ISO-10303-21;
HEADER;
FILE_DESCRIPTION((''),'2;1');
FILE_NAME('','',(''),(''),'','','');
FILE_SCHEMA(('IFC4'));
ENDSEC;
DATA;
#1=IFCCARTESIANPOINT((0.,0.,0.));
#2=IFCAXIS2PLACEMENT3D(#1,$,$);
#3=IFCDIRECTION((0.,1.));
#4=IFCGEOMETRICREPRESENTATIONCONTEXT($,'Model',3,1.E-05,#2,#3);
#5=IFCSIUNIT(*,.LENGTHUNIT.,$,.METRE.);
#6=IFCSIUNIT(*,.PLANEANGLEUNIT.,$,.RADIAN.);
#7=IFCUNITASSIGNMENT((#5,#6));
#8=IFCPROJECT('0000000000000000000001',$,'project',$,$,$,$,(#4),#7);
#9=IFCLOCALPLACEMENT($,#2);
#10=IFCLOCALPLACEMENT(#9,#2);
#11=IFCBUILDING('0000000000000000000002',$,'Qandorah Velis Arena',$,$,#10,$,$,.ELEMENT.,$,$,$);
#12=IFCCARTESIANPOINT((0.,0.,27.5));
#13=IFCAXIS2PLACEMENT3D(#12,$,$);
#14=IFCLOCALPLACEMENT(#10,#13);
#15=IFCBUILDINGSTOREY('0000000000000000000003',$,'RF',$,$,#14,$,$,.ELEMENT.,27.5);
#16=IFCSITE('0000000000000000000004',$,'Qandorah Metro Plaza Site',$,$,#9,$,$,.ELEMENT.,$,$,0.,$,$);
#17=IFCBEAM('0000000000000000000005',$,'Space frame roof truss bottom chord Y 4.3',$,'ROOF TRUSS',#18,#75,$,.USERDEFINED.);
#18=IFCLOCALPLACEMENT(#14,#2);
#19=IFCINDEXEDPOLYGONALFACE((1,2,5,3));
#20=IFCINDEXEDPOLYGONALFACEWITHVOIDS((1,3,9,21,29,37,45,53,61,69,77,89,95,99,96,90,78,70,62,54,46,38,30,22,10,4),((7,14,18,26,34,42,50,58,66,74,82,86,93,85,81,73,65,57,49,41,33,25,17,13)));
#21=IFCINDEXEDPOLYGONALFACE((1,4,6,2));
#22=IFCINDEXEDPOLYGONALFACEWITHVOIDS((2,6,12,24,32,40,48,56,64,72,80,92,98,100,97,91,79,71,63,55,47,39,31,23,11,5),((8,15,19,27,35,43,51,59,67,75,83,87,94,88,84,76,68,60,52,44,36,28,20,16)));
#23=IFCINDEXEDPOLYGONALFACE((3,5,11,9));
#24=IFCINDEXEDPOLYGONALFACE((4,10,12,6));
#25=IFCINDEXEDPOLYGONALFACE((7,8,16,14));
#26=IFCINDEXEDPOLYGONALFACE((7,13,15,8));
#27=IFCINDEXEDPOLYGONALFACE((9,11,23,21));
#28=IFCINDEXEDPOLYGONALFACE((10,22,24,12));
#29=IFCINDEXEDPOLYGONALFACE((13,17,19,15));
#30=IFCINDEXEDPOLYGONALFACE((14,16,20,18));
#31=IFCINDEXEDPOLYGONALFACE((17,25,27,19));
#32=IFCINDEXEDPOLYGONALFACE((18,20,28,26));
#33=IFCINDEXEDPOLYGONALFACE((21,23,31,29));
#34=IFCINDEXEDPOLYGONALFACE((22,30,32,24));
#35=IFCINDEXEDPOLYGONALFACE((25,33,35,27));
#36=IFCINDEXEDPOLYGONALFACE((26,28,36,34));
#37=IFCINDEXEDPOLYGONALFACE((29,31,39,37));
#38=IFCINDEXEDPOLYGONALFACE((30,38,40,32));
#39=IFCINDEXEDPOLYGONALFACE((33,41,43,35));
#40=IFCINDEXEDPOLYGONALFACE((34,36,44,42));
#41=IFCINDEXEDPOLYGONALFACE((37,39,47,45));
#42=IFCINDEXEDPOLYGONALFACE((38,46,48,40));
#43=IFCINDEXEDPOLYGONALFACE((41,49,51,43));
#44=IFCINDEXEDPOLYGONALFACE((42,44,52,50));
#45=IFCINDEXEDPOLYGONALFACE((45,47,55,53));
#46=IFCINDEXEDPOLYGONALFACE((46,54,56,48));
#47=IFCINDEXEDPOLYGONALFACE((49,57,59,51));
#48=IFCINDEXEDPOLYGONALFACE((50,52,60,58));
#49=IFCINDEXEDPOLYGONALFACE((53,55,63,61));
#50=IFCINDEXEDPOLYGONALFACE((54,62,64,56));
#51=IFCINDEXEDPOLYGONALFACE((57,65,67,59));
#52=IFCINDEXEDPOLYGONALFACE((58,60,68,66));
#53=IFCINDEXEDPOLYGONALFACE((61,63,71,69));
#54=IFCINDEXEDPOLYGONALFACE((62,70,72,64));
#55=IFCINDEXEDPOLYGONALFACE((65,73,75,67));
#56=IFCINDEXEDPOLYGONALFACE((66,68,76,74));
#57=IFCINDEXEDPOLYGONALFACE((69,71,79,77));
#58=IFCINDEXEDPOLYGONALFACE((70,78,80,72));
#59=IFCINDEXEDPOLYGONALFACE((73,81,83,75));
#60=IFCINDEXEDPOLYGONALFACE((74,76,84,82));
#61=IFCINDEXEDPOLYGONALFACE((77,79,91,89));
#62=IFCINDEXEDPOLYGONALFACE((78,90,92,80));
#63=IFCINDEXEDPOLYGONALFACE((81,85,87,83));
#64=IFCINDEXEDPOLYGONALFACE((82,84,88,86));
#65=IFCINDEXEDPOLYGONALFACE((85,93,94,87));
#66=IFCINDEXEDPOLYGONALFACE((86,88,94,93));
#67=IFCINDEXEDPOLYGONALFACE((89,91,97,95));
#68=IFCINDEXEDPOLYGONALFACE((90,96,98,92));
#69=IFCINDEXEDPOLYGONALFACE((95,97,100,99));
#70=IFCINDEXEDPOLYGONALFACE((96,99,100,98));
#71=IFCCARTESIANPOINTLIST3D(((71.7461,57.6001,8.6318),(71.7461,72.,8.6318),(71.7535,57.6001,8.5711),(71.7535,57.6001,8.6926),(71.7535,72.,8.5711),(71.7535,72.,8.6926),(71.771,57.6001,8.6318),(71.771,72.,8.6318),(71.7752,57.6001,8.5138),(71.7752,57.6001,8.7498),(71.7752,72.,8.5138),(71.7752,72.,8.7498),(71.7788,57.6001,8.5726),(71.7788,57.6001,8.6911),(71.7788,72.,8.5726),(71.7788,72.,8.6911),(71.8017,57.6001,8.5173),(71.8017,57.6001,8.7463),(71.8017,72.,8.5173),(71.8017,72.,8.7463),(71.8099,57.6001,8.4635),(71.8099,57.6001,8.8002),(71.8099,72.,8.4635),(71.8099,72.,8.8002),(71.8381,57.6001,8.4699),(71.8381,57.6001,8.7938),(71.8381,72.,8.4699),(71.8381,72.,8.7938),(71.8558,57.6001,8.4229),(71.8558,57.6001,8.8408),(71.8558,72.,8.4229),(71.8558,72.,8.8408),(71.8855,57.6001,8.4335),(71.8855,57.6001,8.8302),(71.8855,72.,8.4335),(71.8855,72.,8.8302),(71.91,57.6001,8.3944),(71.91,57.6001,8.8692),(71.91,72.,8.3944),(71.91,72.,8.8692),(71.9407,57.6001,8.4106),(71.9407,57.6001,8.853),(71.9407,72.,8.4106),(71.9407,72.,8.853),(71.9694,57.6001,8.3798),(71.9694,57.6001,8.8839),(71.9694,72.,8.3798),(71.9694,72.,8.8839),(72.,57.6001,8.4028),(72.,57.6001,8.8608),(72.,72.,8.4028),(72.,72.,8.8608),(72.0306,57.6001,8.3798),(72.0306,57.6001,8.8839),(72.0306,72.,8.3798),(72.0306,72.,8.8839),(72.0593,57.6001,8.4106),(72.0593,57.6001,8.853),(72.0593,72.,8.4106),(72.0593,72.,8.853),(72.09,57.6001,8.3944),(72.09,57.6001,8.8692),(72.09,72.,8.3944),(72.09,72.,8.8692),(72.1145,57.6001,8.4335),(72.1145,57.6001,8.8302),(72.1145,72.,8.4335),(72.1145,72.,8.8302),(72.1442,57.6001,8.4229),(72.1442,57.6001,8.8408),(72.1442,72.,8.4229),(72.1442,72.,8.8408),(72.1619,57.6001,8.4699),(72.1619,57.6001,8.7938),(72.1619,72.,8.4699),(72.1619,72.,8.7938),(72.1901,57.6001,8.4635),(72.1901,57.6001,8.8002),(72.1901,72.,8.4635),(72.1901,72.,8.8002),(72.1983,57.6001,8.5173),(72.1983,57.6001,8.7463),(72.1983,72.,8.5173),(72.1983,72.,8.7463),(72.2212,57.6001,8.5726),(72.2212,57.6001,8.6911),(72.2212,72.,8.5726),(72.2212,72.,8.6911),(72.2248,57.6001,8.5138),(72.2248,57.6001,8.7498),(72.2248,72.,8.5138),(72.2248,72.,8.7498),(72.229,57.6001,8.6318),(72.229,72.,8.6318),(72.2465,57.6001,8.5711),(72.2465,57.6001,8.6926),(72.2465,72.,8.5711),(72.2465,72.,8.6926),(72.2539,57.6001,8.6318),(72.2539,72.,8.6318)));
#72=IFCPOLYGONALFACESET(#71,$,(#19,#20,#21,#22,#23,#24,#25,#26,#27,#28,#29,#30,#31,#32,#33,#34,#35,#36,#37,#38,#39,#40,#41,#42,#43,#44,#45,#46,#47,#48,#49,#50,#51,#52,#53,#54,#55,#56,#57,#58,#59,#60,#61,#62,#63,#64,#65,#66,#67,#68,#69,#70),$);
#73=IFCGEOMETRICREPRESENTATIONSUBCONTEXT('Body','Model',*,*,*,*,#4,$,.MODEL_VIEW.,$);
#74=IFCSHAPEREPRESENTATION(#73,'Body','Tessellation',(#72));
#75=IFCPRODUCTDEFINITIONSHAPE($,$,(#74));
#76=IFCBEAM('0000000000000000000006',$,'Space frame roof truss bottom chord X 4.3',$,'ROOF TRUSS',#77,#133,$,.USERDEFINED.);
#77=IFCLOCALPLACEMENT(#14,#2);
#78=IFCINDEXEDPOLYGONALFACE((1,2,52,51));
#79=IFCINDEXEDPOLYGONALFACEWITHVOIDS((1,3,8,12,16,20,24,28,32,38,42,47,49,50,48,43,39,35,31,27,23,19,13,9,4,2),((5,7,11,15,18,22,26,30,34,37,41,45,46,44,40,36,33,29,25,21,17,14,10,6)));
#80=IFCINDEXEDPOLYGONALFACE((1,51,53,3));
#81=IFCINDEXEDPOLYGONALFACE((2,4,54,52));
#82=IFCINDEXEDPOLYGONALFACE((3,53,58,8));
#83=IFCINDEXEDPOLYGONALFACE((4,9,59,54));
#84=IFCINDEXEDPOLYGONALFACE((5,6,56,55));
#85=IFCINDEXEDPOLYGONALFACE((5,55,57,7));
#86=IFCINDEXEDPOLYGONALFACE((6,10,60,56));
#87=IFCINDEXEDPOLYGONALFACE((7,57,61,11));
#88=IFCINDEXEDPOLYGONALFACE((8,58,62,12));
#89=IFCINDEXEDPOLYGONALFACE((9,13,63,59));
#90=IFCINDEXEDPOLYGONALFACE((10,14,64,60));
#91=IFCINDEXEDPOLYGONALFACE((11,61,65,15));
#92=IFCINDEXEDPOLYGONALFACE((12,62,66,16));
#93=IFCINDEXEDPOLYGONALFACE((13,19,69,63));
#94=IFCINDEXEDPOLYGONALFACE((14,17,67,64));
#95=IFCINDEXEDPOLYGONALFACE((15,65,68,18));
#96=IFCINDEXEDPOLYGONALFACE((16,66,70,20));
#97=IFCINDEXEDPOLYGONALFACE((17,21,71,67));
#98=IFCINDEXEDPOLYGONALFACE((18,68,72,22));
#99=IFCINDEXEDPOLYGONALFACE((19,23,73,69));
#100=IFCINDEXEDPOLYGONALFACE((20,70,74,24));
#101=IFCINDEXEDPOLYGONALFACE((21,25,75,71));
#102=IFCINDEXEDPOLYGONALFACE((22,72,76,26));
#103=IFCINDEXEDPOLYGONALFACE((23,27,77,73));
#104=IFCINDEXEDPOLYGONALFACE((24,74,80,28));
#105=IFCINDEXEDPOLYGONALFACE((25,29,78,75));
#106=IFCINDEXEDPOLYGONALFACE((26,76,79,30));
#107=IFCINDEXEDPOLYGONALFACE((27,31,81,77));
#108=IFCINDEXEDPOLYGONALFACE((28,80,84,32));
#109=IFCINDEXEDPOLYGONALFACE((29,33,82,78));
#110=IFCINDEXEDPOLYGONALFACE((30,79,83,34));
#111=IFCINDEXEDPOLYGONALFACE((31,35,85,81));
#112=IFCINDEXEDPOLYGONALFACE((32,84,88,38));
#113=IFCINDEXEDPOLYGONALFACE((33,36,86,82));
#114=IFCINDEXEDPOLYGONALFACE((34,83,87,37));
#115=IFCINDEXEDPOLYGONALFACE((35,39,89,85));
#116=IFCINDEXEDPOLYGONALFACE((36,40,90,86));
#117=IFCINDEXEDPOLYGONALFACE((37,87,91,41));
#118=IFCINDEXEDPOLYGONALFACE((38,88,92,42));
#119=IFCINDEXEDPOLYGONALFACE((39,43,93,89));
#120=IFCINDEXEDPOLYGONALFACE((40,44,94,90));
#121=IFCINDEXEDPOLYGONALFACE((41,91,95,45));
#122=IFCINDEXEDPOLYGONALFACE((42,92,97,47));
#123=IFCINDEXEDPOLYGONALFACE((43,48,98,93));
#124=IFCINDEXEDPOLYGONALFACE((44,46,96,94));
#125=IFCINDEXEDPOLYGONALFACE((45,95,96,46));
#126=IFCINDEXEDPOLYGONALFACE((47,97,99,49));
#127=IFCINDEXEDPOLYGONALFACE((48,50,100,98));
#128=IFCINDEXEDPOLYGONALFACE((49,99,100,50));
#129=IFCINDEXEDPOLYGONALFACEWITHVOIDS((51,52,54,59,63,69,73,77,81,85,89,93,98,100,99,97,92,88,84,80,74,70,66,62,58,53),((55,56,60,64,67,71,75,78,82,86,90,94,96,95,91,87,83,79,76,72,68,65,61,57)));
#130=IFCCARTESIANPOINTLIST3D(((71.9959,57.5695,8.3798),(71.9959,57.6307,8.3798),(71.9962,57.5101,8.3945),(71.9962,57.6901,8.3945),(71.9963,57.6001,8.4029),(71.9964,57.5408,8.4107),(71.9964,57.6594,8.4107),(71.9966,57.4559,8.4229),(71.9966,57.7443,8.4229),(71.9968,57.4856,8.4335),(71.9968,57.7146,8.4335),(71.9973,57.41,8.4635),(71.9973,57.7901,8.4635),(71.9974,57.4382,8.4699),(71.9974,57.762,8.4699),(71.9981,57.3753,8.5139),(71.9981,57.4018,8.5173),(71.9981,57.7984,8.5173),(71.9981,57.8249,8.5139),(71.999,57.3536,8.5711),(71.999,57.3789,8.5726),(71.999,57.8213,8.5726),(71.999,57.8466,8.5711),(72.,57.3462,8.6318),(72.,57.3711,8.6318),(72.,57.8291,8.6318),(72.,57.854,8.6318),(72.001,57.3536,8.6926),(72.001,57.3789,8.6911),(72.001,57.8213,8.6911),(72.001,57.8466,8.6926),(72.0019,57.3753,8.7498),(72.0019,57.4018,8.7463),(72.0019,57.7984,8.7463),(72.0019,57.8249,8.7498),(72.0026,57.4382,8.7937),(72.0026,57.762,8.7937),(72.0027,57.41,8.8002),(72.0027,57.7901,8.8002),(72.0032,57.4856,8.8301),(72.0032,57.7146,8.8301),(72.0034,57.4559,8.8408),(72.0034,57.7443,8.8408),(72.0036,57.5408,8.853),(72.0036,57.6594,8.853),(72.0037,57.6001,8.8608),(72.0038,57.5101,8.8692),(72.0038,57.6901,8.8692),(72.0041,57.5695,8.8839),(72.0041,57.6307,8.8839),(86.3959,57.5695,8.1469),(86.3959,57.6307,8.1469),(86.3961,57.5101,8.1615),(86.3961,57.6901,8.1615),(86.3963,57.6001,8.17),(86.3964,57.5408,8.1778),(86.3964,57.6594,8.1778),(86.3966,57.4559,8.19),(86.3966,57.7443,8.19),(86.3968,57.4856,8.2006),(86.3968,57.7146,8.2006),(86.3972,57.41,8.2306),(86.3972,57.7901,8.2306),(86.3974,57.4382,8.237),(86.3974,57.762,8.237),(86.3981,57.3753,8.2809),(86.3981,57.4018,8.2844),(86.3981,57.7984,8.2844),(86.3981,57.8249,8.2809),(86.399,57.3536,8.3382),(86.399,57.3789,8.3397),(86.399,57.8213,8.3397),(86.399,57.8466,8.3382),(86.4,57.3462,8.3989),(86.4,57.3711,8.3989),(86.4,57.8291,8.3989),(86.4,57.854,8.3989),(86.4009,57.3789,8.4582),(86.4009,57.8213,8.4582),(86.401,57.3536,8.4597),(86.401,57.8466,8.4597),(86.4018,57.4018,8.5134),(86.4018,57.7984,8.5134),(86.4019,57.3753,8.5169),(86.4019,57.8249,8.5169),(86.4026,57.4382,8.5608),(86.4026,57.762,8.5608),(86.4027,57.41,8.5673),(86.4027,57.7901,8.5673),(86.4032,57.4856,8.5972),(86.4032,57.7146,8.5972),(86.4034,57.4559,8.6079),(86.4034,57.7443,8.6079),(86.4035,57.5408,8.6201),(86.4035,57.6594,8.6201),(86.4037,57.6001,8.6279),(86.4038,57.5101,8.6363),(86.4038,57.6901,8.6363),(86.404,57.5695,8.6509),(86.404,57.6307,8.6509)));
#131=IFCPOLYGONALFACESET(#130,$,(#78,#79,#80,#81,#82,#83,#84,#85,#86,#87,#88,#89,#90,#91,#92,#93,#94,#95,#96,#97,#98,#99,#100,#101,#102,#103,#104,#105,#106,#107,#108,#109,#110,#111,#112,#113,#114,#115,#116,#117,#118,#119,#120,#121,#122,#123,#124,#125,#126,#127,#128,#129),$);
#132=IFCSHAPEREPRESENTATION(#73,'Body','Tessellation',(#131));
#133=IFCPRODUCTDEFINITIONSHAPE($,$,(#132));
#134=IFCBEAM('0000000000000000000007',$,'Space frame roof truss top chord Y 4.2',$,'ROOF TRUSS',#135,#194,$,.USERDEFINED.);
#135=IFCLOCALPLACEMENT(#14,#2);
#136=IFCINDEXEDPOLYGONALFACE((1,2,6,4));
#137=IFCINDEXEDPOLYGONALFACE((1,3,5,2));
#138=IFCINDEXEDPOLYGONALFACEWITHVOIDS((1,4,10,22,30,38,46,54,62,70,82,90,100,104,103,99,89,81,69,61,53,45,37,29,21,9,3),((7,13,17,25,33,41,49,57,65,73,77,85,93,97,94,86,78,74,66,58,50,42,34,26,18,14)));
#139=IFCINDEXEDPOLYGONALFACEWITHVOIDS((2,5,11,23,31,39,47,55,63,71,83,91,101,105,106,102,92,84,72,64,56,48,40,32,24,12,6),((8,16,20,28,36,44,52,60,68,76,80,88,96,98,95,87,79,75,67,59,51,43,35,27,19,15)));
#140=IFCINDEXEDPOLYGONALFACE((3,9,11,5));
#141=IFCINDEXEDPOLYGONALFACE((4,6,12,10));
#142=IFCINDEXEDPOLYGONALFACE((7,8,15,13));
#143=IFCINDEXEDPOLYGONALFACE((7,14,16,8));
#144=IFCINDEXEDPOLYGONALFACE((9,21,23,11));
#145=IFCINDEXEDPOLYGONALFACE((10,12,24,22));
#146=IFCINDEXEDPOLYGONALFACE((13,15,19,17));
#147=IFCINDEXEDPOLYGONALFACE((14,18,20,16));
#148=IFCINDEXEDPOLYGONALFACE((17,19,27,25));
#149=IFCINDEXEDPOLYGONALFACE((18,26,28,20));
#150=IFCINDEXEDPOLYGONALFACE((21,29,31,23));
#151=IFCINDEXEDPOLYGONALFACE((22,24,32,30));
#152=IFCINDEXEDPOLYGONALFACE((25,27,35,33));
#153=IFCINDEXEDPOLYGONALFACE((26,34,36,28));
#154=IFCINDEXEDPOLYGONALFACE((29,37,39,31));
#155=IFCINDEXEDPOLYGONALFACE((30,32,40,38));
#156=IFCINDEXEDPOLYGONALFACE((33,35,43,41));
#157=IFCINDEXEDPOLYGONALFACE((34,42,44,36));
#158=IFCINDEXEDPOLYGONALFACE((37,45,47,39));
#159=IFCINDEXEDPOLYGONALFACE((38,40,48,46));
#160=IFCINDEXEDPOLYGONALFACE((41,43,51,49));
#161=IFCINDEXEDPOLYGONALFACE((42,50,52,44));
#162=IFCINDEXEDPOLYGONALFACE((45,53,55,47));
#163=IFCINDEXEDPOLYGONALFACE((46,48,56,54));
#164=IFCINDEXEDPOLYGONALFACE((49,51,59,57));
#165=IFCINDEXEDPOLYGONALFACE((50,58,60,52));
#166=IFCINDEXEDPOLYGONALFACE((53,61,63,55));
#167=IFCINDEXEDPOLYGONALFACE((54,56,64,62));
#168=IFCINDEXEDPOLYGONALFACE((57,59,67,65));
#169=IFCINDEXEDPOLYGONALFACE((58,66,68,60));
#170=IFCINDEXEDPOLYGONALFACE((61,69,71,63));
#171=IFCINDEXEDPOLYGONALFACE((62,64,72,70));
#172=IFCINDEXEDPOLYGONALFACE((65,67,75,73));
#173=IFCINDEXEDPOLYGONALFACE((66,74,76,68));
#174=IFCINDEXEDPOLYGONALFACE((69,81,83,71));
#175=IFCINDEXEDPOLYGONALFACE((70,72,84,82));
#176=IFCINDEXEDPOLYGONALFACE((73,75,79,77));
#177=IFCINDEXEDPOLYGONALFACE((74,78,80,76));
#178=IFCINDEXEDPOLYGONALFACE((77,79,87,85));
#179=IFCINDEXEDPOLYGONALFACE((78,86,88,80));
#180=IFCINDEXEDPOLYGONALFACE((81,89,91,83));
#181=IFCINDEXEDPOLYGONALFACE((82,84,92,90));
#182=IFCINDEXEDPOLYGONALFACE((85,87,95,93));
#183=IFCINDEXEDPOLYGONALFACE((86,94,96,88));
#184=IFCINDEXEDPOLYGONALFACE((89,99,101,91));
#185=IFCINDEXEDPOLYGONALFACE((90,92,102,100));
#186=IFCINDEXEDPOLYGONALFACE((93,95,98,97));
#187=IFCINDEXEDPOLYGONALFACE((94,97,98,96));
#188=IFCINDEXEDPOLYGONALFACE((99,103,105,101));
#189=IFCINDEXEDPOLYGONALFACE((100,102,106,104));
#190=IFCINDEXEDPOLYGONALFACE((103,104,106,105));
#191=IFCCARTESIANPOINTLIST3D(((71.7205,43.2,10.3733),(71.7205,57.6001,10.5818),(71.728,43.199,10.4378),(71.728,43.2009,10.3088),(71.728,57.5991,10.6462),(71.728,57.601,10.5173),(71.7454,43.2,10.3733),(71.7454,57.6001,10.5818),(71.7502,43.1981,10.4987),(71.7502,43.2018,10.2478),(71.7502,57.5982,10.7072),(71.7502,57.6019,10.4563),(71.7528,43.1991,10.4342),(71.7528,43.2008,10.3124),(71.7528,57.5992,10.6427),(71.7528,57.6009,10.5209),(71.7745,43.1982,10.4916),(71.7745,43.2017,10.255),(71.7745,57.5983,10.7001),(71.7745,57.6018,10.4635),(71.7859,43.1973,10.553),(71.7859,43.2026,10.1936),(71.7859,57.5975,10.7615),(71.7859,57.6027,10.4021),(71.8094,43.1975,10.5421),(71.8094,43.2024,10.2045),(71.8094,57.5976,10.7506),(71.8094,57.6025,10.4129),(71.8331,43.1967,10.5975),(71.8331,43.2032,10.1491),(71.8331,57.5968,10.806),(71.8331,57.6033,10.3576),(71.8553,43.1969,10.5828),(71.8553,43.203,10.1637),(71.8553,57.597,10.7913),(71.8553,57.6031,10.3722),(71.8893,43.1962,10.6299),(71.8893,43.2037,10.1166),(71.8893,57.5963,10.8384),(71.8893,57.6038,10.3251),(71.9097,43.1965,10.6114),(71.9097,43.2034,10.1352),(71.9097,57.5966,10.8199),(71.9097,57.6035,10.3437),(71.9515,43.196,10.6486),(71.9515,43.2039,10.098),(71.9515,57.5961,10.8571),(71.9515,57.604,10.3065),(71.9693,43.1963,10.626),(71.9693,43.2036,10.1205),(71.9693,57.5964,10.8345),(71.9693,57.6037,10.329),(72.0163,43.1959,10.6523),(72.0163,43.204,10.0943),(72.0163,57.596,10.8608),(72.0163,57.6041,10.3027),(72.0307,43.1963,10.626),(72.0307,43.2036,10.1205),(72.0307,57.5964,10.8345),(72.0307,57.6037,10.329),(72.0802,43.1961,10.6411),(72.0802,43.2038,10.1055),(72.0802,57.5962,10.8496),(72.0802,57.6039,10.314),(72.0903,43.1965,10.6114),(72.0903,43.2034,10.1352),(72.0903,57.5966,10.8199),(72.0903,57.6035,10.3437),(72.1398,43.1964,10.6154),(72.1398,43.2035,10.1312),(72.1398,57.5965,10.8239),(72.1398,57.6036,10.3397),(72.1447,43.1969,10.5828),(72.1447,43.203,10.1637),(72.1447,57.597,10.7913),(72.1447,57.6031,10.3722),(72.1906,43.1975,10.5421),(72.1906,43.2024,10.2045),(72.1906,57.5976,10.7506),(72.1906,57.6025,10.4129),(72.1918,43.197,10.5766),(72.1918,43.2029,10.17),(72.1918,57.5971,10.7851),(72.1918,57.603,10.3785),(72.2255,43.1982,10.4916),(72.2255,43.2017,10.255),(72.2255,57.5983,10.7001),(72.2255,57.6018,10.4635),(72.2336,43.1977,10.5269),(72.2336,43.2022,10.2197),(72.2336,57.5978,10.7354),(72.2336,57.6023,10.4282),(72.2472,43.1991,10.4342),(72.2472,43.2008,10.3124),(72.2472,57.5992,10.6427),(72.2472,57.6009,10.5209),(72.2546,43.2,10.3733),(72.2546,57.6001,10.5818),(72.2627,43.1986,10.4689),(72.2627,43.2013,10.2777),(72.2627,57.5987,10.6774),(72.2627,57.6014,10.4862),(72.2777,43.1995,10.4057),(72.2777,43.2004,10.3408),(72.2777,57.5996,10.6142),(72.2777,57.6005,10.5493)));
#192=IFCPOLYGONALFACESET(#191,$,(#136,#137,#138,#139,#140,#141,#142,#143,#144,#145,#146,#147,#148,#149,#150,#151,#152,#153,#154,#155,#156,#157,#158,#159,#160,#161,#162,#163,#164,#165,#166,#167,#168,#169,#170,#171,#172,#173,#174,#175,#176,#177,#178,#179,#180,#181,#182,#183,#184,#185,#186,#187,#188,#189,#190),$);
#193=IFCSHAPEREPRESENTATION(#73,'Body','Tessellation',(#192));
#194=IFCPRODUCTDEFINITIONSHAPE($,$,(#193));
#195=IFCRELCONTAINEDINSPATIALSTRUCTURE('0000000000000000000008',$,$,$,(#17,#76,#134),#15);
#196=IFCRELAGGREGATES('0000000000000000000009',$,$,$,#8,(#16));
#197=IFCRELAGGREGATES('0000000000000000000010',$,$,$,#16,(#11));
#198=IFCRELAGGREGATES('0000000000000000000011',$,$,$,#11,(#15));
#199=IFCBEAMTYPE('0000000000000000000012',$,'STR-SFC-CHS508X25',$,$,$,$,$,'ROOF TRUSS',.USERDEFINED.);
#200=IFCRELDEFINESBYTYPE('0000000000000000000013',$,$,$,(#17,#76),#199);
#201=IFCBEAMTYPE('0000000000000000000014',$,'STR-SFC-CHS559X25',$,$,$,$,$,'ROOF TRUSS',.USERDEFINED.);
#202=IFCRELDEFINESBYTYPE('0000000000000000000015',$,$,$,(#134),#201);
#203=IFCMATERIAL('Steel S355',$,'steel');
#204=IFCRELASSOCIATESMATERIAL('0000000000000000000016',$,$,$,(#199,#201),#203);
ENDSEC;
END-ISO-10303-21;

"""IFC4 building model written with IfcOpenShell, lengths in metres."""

from ifc_helpers import new_model, si_unit, direction, frame, origin, origin_2d, place, context, subcontext, project, spatial, hollow_circle, extrude, material, material_profile, profile_set, type_object, element, save


model = new_model("IFC4")

# Units and contexts
model_context = context("Model", 3, precision=1e-05, world=origin(), true_north=direction((0.0, 1.0)))
body_context = subcontext(model_context, "Body", "Model", "MODEL_VIEW")
ifc_project = project(units=[si_unit("LENGTHUNIT", "METRE"), si_unit("PLANEANGLEUNIT", "RADIAN")], contexts=[model_context])

# Site, building, storey
site_placement = place(None, origin())
site = spatial("IfcSite", under=ifc_project, at=site_placement, Name="Qandorah Metro Plaza Site", CompositionType="ELEMENT", RefElevation=0.0)
building_placement = place(site_placement, origin())
building = spatial("IfcBuilding", under=site, at=building_placement, Name="Qandorah Velis Arena", CompositionType="ELEMENT")
storey_placement = place(building_placement, frame((0.0, 0.0, 27.5)))
storey = spatial("IfcBuildingStorey", under=building, at=storey_placement, Name="RF", CompositionType="ELEMENT", Elevation=27.5)

# Shared definitions
ifc_material_1 = material(Name="Steel S355", Category="steel")

# Beams
ifc_material_profile_1 = material_profile(ifc_material_1, hollow_circle(Radius=0.2539, WallThickness=0.0249, at=origin_2d()), Name="CHS 508x25")
ifc_profile_set_1 = profile_set([ifc_material_profile_1], Name="Steel S355")
beam_type_1 = type_object("IfcBeamType", Name="STR-SFC-CHS508X25", ElementType="ROOF TRUSS", PredefinedType="USERDEFINED", material=ifc_profile_set_1)
beam_1_placement = place(storey_placement, frame((72.0, 57.6001, 8.6318), z_axis=(0.0, 1.0, 0.0), x_axis=(-1.0, 0.0, 0.0)))
element("IfcBeam", 1, at=beam_1_placement, inside=storey, type_object=beam_type_1, Name="Space frame roof truss bottom chord Y 4.3", ObjectType="ROOF TRUSS", PredefinedType="USERDEFINED", context=body_context, shape_type="SweptSolid", body=[
    extrude(hollow_circle(Radius=0.2539, WallThickness=0.0249, at=origin_2d()), origin(), (0.0, 0.0, 1.0), 14.3999),
])
beam_2_placement = place(storey_placement, frame((72.0, 57.6001, 8.6318), z_axis=(0.999869, 0.0, -0.016172), x_axis=(0.0, 1.0, 0.0)))
element("IfcBeam", 2, at=beam_2_placement, inside=storey, type_object=beam_type_1, Name="Space frame roof truss bottom chord X 4.3", ObjectType="ROOF TRUSS", PredefinedType="USERDEFINED", context=body_context, shape_type="SweptSolid", body=[
    extrude(hollow_circle(Radius=0.2539, WallThickness=0.0249, at=origin_2d()), origin(), (0.0, 0.0, 1.0), 14.4019),
])
ifc_material_profile_2 = material_profile(ifc_material_1, hollow_circle(Radius=0.2795, WallThickness=0.0249, at=origin_2d()), Name="CHS 559x25")
ifc_profile_set_2 = profile_set([ifc_material_profile_2], Name="Steel S355")
beam_type_2 = type_object("IfcBeamType", Name="STR-SFC-CHS559X25", ElementType="ROOF TRUSS", PredefinedType="USERDEFINED", material=ifc_profile_set_2)
beam_3_placement = place(storey_placement, frame((72.0, 43.2, 10.3733), z_axis=(0.0, 0.999895, 0.014477), x_axis=(-1.0, 0.0, 0.0)))
element("IfcBeam", 3, at=beam_3_placement, inside=storey, type_object=beam_type_2, Name="Space frame roof truss top chord Y 4.2", ObjectType="ROOF TRUSS", PredefinedType="USERDEFINED", context=body_context, shape_type="SweptSolid", body=[
    extrude(hollow_circle(Radius=0.2795, WallThickness=0.0249, at=origin_2d()), origin(), (0.0, 0.0, 1.0), 14.4016),
])

save(model, "model.ifc")
